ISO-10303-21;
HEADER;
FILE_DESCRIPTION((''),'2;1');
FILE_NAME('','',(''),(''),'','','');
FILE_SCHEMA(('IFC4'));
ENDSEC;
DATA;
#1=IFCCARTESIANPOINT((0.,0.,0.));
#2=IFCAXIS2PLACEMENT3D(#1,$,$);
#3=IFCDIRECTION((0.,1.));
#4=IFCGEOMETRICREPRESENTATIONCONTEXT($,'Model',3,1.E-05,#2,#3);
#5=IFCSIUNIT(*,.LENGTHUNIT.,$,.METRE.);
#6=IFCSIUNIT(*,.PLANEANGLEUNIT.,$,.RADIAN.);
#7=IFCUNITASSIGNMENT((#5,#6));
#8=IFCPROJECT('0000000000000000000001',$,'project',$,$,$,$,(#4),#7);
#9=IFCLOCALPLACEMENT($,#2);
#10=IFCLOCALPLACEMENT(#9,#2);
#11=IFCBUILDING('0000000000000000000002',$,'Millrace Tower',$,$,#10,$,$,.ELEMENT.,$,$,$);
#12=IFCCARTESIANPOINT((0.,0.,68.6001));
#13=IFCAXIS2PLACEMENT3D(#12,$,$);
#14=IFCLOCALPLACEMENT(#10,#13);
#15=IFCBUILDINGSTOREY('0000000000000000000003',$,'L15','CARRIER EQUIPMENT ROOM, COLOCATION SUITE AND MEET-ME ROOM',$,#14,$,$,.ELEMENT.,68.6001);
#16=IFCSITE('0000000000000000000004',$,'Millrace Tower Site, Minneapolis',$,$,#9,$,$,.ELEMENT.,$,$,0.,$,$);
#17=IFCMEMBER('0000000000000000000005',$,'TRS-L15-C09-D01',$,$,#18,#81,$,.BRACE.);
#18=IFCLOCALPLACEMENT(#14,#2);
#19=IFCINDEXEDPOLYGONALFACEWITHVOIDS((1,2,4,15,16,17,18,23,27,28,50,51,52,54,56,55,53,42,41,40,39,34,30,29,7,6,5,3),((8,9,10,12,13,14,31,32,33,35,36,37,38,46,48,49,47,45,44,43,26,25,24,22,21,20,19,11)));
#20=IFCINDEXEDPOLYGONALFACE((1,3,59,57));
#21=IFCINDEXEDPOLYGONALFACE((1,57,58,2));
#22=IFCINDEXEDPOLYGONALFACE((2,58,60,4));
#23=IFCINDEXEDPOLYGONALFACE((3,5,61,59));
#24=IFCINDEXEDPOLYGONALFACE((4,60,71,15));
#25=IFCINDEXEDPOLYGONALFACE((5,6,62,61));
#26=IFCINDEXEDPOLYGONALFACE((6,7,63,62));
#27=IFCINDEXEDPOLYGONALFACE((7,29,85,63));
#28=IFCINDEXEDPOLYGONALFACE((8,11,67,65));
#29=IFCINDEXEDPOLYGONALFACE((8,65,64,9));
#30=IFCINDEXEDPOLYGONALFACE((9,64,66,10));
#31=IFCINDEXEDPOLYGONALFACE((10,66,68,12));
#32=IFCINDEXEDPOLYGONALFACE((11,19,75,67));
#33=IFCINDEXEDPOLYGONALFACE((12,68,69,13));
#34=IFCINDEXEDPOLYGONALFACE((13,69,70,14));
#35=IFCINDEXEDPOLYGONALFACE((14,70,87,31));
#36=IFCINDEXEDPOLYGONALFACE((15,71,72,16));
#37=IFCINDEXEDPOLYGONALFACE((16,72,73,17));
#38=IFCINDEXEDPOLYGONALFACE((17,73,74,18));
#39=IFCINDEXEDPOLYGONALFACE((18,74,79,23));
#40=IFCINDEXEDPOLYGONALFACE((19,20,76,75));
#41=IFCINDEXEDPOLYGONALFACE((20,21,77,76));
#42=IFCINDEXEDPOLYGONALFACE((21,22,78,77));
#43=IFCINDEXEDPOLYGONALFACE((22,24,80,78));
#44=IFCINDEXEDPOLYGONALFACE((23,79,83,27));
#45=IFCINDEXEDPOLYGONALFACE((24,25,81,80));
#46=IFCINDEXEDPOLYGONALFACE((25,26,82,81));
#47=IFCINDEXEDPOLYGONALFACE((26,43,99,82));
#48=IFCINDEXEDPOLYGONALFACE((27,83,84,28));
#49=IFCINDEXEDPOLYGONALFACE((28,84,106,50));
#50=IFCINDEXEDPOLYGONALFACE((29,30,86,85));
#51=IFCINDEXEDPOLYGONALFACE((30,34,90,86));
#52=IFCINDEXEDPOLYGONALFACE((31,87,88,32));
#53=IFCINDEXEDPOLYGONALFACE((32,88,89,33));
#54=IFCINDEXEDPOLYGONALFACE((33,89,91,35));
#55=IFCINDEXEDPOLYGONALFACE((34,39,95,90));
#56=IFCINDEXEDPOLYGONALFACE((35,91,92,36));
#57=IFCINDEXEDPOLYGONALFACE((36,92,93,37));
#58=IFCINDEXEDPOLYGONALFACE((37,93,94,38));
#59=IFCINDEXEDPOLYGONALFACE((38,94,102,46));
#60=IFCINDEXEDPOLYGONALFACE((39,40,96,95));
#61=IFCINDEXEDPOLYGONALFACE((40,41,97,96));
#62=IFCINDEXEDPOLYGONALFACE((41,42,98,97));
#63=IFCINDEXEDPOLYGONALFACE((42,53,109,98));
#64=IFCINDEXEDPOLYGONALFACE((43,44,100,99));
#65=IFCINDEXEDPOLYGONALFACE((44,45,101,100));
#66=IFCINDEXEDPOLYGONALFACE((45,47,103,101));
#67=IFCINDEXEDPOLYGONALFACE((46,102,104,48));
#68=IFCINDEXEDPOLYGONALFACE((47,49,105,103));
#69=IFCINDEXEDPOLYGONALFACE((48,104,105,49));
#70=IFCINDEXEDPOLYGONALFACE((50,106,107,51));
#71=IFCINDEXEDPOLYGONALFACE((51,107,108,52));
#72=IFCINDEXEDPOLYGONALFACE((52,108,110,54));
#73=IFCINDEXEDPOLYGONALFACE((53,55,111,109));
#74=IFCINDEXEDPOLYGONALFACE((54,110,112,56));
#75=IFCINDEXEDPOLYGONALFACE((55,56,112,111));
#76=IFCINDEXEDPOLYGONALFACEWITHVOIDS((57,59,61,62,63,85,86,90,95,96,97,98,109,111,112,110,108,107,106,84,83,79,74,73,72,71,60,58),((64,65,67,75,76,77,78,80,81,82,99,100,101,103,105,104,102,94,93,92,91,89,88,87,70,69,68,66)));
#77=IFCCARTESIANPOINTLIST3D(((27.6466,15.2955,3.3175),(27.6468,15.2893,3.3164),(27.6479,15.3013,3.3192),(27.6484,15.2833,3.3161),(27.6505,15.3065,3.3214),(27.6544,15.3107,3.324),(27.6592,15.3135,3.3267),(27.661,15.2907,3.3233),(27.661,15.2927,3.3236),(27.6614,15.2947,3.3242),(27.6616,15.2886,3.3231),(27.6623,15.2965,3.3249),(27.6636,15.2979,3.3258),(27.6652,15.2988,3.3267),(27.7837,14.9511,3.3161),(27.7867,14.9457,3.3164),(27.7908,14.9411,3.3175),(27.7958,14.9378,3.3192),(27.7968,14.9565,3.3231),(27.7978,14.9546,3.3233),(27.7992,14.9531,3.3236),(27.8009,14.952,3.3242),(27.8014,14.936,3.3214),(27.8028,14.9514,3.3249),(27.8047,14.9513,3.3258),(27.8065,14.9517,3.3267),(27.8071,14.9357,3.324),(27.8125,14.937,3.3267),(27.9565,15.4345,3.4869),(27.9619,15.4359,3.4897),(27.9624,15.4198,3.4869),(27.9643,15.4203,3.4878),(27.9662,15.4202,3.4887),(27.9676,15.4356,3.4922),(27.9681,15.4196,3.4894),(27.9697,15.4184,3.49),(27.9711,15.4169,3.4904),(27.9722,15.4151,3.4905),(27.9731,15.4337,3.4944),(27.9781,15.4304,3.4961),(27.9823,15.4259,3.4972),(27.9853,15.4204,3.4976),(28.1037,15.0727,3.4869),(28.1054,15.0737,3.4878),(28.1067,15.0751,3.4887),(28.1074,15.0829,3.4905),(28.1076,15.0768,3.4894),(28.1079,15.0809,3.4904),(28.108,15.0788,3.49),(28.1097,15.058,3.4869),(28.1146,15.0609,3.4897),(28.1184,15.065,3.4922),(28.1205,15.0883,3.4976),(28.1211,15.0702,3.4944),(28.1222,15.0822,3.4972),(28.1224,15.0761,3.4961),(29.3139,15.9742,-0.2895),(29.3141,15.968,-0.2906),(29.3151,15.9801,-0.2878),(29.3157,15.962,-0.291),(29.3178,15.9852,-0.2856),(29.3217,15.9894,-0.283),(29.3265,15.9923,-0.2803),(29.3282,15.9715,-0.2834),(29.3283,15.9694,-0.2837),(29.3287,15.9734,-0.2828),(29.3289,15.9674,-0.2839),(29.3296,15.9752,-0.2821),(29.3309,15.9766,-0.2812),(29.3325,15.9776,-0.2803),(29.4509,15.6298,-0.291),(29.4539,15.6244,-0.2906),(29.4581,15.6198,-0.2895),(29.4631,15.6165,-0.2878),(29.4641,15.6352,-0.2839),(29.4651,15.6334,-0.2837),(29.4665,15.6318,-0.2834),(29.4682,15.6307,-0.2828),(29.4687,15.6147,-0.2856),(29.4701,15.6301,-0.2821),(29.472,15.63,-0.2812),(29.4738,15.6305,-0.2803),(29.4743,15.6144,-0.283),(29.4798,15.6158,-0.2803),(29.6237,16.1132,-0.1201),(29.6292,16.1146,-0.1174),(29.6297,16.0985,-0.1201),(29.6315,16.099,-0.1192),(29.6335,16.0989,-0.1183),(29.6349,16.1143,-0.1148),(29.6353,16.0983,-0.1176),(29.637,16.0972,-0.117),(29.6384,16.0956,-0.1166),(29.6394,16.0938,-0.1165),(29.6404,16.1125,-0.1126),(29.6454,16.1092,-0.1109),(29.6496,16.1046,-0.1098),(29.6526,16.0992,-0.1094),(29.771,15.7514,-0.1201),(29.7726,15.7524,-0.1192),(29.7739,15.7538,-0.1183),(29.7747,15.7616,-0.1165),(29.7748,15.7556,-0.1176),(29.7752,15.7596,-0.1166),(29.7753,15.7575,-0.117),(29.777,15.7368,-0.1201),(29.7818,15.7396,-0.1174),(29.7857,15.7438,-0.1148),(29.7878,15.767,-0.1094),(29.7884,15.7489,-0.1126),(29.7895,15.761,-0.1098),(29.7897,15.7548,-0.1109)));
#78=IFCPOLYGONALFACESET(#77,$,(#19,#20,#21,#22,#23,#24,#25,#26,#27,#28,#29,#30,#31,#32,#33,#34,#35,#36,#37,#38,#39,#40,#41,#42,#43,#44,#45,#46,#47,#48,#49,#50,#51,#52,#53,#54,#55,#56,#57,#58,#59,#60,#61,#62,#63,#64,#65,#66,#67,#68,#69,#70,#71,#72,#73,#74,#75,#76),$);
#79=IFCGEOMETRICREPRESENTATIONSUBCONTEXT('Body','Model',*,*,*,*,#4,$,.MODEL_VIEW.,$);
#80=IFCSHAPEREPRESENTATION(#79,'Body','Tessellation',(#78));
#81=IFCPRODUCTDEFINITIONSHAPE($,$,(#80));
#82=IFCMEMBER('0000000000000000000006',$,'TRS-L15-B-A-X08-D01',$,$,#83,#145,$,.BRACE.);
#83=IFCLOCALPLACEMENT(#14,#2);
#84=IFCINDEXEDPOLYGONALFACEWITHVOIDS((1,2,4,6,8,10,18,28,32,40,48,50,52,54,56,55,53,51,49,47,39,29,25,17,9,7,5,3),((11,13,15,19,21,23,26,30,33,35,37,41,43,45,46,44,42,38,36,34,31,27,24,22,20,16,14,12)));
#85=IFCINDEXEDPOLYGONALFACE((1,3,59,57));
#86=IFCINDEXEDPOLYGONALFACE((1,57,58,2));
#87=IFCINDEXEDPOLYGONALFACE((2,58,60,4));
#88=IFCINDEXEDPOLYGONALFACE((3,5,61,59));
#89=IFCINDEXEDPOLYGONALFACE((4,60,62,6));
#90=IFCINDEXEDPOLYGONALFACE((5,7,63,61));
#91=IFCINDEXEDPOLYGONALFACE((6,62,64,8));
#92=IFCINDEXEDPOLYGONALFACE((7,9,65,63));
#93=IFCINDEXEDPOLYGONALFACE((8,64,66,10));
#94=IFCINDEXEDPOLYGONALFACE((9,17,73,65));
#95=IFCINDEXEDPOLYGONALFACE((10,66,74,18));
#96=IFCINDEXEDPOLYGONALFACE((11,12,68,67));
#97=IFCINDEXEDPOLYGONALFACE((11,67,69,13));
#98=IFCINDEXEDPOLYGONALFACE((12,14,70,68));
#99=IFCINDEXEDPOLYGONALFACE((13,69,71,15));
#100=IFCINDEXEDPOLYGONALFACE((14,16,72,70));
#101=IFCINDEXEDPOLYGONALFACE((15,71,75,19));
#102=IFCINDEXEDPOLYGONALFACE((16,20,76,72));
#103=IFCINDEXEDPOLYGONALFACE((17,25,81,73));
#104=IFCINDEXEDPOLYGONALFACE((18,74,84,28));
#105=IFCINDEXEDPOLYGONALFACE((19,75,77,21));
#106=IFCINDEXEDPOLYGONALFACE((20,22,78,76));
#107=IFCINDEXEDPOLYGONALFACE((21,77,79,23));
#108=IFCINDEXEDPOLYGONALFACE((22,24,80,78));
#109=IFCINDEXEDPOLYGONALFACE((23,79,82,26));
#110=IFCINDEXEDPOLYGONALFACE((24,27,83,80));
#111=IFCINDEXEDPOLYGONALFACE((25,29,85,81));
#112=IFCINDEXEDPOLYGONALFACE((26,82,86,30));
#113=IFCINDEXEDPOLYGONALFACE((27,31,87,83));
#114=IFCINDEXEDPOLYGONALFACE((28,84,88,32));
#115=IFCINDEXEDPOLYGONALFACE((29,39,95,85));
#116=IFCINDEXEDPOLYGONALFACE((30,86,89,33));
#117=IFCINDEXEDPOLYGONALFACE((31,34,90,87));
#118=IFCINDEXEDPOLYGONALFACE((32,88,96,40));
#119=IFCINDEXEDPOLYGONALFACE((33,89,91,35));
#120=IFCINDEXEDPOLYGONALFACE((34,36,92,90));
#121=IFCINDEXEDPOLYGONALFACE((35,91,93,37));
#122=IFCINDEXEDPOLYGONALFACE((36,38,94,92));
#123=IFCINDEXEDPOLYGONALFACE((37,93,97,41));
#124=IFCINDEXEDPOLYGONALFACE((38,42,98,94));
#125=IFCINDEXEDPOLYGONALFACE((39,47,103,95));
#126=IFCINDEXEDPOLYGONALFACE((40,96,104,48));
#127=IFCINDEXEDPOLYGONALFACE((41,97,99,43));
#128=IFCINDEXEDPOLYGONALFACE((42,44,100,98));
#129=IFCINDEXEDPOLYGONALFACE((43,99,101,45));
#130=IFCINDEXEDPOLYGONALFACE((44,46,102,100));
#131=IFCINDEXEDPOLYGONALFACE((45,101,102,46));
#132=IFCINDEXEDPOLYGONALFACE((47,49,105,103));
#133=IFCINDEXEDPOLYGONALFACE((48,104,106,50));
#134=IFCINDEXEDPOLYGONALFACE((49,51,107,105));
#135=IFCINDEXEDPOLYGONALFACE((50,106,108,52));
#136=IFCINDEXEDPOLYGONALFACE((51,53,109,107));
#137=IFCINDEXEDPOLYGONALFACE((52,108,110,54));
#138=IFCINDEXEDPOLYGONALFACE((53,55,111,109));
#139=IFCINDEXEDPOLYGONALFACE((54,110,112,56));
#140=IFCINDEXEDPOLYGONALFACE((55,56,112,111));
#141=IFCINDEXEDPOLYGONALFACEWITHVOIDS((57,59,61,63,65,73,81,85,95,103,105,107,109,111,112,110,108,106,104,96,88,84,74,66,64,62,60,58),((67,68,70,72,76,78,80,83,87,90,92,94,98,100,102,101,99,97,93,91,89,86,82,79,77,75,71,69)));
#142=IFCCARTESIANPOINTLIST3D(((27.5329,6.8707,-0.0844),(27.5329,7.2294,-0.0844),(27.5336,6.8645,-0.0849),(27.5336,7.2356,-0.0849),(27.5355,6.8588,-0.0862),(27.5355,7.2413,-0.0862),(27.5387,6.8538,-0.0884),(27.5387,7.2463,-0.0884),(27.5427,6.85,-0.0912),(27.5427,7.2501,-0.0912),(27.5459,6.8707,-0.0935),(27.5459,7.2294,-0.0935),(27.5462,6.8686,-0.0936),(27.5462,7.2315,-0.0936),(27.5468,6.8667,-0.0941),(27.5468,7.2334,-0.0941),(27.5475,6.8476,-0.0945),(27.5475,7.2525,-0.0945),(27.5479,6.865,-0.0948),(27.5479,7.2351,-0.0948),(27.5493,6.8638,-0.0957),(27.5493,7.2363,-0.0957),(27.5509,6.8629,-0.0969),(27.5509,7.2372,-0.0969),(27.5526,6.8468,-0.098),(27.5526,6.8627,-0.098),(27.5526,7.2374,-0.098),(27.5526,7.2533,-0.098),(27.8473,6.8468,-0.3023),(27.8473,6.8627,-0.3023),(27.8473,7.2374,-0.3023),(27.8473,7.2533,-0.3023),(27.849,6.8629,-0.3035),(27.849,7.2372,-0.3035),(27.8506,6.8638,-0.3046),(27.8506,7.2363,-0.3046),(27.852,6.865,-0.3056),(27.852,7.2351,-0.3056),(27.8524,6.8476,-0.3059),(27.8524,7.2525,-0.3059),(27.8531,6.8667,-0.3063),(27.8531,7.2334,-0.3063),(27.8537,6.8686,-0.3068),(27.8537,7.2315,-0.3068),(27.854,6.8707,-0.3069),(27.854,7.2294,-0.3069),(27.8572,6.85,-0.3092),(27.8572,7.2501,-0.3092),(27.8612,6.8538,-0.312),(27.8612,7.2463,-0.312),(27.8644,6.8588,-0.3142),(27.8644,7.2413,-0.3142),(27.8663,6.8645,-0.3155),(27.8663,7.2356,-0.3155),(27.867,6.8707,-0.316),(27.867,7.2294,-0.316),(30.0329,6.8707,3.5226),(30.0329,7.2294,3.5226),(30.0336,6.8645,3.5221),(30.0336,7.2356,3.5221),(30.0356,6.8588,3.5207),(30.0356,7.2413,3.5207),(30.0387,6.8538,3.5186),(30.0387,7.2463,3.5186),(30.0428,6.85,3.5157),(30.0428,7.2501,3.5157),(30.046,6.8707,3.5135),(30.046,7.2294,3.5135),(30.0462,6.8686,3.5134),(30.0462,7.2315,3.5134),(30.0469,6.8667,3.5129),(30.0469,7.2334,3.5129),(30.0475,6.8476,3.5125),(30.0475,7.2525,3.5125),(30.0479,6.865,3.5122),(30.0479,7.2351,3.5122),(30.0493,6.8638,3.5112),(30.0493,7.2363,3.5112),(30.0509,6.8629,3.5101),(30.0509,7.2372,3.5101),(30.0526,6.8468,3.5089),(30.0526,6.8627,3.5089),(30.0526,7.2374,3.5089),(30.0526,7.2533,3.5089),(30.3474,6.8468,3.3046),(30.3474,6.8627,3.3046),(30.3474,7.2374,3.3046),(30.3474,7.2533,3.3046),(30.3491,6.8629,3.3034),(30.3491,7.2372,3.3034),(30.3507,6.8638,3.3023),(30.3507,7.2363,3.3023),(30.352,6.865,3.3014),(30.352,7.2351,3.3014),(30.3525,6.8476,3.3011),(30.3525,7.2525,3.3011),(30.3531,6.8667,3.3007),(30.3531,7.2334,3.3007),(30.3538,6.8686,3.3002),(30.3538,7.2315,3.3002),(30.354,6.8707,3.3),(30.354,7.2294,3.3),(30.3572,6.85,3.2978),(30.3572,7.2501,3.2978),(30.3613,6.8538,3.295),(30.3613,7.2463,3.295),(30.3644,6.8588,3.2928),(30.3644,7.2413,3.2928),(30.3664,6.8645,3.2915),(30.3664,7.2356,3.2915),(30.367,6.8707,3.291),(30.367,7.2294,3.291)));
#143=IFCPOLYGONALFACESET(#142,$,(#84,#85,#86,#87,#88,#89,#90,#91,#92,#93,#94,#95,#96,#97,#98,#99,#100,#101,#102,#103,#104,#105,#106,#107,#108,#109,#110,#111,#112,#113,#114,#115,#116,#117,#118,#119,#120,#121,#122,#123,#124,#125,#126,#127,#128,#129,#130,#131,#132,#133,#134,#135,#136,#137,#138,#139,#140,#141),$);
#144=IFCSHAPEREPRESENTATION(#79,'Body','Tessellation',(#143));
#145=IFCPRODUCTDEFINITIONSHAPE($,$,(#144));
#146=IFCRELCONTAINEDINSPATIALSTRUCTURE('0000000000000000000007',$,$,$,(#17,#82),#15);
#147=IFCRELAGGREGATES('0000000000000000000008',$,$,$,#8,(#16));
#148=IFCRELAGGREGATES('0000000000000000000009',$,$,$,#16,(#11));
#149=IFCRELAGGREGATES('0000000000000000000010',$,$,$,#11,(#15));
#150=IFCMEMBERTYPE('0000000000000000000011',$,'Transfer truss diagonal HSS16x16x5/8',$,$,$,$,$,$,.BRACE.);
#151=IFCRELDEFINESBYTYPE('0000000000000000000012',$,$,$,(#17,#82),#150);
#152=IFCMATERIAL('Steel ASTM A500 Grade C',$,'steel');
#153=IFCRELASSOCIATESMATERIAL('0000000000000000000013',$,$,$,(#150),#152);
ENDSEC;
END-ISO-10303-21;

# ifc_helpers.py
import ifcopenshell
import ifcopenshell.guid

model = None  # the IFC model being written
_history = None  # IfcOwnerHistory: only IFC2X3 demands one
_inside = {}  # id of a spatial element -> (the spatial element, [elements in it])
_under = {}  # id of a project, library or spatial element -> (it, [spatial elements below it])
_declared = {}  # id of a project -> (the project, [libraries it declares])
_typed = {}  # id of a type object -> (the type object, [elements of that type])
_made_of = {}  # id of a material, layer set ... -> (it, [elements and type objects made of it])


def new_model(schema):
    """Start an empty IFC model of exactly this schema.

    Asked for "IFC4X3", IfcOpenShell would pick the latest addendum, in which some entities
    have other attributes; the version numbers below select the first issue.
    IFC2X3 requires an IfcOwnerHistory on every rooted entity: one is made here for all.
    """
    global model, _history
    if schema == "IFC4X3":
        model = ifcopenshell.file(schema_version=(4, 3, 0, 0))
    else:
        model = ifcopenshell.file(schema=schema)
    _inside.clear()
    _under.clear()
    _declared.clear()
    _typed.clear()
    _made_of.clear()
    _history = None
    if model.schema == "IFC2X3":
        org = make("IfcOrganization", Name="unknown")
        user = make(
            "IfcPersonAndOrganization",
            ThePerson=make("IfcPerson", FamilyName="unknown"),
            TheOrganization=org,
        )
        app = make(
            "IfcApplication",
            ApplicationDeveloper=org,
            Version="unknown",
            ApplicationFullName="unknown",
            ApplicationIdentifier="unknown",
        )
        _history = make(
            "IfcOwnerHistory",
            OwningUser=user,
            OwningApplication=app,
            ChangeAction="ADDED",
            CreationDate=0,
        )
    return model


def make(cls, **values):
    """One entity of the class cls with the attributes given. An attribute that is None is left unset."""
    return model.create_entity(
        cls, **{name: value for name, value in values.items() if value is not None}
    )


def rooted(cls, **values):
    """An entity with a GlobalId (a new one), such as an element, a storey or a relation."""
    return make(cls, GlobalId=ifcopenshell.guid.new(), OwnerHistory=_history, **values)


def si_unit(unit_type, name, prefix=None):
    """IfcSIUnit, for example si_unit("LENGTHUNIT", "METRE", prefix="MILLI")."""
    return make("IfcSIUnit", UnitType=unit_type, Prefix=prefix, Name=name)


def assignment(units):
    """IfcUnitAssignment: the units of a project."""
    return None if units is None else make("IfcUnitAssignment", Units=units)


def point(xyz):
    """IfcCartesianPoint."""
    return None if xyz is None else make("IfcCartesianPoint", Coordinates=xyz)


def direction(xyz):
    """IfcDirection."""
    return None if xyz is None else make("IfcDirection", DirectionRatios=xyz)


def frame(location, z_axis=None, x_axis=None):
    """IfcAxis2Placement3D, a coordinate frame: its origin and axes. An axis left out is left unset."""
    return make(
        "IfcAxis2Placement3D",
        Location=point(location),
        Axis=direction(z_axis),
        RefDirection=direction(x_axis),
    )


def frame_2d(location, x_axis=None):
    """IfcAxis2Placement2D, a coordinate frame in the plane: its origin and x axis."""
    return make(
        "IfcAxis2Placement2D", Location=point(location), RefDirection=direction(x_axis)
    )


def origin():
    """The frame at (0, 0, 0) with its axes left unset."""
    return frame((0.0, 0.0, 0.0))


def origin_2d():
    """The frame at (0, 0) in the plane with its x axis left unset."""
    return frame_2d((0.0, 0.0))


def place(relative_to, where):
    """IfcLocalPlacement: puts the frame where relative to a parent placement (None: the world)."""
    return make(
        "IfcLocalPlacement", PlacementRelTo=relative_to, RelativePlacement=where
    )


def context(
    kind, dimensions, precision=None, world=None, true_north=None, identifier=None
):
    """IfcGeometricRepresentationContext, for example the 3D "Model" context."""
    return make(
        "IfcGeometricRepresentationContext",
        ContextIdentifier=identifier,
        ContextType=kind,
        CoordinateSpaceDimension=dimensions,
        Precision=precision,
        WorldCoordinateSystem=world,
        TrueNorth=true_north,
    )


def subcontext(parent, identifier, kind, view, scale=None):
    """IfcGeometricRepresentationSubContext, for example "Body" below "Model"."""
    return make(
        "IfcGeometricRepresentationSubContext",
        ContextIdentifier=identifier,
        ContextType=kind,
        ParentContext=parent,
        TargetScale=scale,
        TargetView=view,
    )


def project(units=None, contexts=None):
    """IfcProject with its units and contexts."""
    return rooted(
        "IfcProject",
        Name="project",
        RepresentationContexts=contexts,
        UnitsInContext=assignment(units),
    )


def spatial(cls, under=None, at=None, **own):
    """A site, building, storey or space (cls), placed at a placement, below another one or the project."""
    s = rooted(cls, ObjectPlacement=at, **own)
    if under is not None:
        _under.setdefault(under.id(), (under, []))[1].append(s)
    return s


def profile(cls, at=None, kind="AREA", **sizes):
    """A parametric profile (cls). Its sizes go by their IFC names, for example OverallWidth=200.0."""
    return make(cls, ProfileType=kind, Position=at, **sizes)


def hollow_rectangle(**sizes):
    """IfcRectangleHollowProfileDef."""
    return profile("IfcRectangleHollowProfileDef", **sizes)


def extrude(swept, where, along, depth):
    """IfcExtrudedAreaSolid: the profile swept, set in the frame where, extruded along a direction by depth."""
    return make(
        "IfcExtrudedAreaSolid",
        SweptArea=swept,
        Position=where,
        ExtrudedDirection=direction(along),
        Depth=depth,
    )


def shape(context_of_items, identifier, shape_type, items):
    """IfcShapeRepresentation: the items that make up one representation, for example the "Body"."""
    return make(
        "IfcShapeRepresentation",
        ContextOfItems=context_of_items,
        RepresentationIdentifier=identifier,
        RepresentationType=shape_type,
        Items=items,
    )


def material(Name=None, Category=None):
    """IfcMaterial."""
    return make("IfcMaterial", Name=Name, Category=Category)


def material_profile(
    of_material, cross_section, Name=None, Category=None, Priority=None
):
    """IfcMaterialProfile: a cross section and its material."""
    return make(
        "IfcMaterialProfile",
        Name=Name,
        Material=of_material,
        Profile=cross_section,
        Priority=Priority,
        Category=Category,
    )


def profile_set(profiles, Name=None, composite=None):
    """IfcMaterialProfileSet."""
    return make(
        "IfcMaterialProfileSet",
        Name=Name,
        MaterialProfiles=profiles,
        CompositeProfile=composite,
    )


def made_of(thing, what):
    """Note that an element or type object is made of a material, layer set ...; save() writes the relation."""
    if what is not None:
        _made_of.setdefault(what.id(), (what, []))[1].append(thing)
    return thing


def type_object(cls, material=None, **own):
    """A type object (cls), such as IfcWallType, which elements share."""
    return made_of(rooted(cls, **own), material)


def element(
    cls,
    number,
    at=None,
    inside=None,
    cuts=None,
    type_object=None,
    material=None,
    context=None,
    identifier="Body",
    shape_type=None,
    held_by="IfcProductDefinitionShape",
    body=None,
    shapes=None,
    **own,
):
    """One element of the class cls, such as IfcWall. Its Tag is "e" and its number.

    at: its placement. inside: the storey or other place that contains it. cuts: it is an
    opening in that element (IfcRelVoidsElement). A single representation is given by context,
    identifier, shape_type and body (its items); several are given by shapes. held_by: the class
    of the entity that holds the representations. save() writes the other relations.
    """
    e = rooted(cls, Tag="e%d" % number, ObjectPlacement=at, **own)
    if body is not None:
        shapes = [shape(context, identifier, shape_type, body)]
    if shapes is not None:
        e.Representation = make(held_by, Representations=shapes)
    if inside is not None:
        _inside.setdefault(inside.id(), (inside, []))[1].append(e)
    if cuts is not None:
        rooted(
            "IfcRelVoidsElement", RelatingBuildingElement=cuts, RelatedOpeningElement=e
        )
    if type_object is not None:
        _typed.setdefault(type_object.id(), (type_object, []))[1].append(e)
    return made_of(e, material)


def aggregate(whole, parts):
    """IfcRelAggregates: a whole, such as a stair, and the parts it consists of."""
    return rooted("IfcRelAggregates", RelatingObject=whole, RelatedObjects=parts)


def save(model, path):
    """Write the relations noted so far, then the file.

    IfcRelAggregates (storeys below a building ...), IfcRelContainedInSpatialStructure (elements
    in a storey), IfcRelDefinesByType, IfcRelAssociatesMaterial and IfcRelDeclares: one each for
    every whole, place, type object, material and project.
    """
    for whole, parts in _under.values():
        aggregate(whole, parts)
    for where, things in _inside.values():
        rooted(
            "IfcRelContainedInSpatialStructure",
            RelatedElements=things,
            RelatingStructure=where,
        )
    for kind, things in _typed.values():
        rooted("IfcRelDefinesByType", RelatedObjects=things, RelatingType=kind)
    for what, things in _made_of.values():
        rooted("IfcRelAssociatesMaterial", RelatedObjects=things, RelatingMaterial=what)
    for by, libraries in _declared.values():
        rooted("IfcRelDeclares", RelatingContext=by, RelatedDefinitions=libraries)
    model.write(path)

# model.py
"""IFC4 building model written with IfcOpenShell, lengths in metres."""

from ifc_helpers import new_model, si_unit, direction, frame, origin, origin_2d, place, context, subcontext, project, spatial, hollow_rectangle, extrude, material, material_profile, profile_set, type_object, element, save


model = new_model("IFC4")

# Units and contexts
model_context = context("Model", 3, precision=1e-05, world=origin(), true_north=direction((0.0, 1.0)))
body_context = subcontext(model_context, "Body", "Model", "MODEL_VIEW")
ifc_project = project(units=[si_unit("LENGTHUNIT", "METRE"), si_unit("PLANEANGLEUNIT", "RADIAN")], contexts=[model_context])

# Site, building, storey
site_placement = place(None, origin())
site = spatial("IfcSite", under=ifc_project, at=site_placement, Name="Millrace Tower Site, Minneapolis", CompositionType="ELEMENT", RefElevation=0.0)
building_placement = place(site_placement, origin())
building = spatial("IfcBuilding", under=site, at=building_placement, Name="Millrace Tower", CompositionType="ELEMENT")
storey_placement = place(building_placement, frame((0.0, 0.0, 68.6001)))
storey = spatial("IfcBuildingStorey", under=building, at=storey_placement, Name="L15", Description="CARRIER EQUIPMENT ROOM, COLOCATION SUITE AND MEET-ME ROOM", CompositionType="ELEMENT", Elevation=68.6001)

# Members
ifc_material_1 = material(Name="Steel ASTM A500 Grade C", Category="steel")
ifc_material_profile_1 = material_profile(ifc_material_1, hollow_rectangle(XDim=0.4065, YDim=0.4065, WallThickness=0.0159, InnerFilletRadius=0.0081, OuterFilletRadius=0.0239, at=origin_2d()))
ifc_profile_set_1 = profile_set([ifc_material_profile_1], Name="Steel ASTM A500 Grade C")
member_type_1 = type_object("IfcMemberType", Name="Transfer truss diagonal HSS16x16x5/8", PredefinedType="BRACE", material=ifc_profile_set_1)
member_1_placement = place(storey_placement, frame((29.5518, 15.8645, -0.2002), z_axis=(-0.413587, -0.168366, 0.894762), x_axis=(0.377043, -0.926196, 0.0)))
element("IfcMember", 1, at=member_1_placement, inside=storey, type_object=member_type_1, Name="TRS-L15-C09-D01", PredefinedType="BRACE", context=body_context, shape_type="SweptSolid", body=[
    extrude(hollow_rectangle(XDim=0.4065, YDim=0.4065, WallThickness=0.0159, InnerFilletRadius=0.0081, OuterFilletRadius=0.0239, at=origin_2d()), origin(), (0.0, 0.0, 1.0), 4.0312),
])
member_2_placement = place(storey_placement, frame((27.7, 7.05, -0.2002), z_axis=(0.569655, 0.0, 0.821884), x_axis=(0.0, 1.0, 0.0)))
element("IfcMember", 2, at=member_2_placement, inside=storey, type_object=member_type_1, Name="TRS-L15-B-A-X08-D01", PredefinedType="BRACE", context=body_context, shape_type="SweptSolid", body=[
    extrude(hollow_rectangle(XDim=0.4065, YDim=0.4065, WallThickness=0.0159, InnerFilletRadius=0.0081, OuterFilletRadius=0.0239, at=origin_2d()), origin(), (0.0, 0.0, 1.0), 4.3887),
])

save(model, "model.ifc")
